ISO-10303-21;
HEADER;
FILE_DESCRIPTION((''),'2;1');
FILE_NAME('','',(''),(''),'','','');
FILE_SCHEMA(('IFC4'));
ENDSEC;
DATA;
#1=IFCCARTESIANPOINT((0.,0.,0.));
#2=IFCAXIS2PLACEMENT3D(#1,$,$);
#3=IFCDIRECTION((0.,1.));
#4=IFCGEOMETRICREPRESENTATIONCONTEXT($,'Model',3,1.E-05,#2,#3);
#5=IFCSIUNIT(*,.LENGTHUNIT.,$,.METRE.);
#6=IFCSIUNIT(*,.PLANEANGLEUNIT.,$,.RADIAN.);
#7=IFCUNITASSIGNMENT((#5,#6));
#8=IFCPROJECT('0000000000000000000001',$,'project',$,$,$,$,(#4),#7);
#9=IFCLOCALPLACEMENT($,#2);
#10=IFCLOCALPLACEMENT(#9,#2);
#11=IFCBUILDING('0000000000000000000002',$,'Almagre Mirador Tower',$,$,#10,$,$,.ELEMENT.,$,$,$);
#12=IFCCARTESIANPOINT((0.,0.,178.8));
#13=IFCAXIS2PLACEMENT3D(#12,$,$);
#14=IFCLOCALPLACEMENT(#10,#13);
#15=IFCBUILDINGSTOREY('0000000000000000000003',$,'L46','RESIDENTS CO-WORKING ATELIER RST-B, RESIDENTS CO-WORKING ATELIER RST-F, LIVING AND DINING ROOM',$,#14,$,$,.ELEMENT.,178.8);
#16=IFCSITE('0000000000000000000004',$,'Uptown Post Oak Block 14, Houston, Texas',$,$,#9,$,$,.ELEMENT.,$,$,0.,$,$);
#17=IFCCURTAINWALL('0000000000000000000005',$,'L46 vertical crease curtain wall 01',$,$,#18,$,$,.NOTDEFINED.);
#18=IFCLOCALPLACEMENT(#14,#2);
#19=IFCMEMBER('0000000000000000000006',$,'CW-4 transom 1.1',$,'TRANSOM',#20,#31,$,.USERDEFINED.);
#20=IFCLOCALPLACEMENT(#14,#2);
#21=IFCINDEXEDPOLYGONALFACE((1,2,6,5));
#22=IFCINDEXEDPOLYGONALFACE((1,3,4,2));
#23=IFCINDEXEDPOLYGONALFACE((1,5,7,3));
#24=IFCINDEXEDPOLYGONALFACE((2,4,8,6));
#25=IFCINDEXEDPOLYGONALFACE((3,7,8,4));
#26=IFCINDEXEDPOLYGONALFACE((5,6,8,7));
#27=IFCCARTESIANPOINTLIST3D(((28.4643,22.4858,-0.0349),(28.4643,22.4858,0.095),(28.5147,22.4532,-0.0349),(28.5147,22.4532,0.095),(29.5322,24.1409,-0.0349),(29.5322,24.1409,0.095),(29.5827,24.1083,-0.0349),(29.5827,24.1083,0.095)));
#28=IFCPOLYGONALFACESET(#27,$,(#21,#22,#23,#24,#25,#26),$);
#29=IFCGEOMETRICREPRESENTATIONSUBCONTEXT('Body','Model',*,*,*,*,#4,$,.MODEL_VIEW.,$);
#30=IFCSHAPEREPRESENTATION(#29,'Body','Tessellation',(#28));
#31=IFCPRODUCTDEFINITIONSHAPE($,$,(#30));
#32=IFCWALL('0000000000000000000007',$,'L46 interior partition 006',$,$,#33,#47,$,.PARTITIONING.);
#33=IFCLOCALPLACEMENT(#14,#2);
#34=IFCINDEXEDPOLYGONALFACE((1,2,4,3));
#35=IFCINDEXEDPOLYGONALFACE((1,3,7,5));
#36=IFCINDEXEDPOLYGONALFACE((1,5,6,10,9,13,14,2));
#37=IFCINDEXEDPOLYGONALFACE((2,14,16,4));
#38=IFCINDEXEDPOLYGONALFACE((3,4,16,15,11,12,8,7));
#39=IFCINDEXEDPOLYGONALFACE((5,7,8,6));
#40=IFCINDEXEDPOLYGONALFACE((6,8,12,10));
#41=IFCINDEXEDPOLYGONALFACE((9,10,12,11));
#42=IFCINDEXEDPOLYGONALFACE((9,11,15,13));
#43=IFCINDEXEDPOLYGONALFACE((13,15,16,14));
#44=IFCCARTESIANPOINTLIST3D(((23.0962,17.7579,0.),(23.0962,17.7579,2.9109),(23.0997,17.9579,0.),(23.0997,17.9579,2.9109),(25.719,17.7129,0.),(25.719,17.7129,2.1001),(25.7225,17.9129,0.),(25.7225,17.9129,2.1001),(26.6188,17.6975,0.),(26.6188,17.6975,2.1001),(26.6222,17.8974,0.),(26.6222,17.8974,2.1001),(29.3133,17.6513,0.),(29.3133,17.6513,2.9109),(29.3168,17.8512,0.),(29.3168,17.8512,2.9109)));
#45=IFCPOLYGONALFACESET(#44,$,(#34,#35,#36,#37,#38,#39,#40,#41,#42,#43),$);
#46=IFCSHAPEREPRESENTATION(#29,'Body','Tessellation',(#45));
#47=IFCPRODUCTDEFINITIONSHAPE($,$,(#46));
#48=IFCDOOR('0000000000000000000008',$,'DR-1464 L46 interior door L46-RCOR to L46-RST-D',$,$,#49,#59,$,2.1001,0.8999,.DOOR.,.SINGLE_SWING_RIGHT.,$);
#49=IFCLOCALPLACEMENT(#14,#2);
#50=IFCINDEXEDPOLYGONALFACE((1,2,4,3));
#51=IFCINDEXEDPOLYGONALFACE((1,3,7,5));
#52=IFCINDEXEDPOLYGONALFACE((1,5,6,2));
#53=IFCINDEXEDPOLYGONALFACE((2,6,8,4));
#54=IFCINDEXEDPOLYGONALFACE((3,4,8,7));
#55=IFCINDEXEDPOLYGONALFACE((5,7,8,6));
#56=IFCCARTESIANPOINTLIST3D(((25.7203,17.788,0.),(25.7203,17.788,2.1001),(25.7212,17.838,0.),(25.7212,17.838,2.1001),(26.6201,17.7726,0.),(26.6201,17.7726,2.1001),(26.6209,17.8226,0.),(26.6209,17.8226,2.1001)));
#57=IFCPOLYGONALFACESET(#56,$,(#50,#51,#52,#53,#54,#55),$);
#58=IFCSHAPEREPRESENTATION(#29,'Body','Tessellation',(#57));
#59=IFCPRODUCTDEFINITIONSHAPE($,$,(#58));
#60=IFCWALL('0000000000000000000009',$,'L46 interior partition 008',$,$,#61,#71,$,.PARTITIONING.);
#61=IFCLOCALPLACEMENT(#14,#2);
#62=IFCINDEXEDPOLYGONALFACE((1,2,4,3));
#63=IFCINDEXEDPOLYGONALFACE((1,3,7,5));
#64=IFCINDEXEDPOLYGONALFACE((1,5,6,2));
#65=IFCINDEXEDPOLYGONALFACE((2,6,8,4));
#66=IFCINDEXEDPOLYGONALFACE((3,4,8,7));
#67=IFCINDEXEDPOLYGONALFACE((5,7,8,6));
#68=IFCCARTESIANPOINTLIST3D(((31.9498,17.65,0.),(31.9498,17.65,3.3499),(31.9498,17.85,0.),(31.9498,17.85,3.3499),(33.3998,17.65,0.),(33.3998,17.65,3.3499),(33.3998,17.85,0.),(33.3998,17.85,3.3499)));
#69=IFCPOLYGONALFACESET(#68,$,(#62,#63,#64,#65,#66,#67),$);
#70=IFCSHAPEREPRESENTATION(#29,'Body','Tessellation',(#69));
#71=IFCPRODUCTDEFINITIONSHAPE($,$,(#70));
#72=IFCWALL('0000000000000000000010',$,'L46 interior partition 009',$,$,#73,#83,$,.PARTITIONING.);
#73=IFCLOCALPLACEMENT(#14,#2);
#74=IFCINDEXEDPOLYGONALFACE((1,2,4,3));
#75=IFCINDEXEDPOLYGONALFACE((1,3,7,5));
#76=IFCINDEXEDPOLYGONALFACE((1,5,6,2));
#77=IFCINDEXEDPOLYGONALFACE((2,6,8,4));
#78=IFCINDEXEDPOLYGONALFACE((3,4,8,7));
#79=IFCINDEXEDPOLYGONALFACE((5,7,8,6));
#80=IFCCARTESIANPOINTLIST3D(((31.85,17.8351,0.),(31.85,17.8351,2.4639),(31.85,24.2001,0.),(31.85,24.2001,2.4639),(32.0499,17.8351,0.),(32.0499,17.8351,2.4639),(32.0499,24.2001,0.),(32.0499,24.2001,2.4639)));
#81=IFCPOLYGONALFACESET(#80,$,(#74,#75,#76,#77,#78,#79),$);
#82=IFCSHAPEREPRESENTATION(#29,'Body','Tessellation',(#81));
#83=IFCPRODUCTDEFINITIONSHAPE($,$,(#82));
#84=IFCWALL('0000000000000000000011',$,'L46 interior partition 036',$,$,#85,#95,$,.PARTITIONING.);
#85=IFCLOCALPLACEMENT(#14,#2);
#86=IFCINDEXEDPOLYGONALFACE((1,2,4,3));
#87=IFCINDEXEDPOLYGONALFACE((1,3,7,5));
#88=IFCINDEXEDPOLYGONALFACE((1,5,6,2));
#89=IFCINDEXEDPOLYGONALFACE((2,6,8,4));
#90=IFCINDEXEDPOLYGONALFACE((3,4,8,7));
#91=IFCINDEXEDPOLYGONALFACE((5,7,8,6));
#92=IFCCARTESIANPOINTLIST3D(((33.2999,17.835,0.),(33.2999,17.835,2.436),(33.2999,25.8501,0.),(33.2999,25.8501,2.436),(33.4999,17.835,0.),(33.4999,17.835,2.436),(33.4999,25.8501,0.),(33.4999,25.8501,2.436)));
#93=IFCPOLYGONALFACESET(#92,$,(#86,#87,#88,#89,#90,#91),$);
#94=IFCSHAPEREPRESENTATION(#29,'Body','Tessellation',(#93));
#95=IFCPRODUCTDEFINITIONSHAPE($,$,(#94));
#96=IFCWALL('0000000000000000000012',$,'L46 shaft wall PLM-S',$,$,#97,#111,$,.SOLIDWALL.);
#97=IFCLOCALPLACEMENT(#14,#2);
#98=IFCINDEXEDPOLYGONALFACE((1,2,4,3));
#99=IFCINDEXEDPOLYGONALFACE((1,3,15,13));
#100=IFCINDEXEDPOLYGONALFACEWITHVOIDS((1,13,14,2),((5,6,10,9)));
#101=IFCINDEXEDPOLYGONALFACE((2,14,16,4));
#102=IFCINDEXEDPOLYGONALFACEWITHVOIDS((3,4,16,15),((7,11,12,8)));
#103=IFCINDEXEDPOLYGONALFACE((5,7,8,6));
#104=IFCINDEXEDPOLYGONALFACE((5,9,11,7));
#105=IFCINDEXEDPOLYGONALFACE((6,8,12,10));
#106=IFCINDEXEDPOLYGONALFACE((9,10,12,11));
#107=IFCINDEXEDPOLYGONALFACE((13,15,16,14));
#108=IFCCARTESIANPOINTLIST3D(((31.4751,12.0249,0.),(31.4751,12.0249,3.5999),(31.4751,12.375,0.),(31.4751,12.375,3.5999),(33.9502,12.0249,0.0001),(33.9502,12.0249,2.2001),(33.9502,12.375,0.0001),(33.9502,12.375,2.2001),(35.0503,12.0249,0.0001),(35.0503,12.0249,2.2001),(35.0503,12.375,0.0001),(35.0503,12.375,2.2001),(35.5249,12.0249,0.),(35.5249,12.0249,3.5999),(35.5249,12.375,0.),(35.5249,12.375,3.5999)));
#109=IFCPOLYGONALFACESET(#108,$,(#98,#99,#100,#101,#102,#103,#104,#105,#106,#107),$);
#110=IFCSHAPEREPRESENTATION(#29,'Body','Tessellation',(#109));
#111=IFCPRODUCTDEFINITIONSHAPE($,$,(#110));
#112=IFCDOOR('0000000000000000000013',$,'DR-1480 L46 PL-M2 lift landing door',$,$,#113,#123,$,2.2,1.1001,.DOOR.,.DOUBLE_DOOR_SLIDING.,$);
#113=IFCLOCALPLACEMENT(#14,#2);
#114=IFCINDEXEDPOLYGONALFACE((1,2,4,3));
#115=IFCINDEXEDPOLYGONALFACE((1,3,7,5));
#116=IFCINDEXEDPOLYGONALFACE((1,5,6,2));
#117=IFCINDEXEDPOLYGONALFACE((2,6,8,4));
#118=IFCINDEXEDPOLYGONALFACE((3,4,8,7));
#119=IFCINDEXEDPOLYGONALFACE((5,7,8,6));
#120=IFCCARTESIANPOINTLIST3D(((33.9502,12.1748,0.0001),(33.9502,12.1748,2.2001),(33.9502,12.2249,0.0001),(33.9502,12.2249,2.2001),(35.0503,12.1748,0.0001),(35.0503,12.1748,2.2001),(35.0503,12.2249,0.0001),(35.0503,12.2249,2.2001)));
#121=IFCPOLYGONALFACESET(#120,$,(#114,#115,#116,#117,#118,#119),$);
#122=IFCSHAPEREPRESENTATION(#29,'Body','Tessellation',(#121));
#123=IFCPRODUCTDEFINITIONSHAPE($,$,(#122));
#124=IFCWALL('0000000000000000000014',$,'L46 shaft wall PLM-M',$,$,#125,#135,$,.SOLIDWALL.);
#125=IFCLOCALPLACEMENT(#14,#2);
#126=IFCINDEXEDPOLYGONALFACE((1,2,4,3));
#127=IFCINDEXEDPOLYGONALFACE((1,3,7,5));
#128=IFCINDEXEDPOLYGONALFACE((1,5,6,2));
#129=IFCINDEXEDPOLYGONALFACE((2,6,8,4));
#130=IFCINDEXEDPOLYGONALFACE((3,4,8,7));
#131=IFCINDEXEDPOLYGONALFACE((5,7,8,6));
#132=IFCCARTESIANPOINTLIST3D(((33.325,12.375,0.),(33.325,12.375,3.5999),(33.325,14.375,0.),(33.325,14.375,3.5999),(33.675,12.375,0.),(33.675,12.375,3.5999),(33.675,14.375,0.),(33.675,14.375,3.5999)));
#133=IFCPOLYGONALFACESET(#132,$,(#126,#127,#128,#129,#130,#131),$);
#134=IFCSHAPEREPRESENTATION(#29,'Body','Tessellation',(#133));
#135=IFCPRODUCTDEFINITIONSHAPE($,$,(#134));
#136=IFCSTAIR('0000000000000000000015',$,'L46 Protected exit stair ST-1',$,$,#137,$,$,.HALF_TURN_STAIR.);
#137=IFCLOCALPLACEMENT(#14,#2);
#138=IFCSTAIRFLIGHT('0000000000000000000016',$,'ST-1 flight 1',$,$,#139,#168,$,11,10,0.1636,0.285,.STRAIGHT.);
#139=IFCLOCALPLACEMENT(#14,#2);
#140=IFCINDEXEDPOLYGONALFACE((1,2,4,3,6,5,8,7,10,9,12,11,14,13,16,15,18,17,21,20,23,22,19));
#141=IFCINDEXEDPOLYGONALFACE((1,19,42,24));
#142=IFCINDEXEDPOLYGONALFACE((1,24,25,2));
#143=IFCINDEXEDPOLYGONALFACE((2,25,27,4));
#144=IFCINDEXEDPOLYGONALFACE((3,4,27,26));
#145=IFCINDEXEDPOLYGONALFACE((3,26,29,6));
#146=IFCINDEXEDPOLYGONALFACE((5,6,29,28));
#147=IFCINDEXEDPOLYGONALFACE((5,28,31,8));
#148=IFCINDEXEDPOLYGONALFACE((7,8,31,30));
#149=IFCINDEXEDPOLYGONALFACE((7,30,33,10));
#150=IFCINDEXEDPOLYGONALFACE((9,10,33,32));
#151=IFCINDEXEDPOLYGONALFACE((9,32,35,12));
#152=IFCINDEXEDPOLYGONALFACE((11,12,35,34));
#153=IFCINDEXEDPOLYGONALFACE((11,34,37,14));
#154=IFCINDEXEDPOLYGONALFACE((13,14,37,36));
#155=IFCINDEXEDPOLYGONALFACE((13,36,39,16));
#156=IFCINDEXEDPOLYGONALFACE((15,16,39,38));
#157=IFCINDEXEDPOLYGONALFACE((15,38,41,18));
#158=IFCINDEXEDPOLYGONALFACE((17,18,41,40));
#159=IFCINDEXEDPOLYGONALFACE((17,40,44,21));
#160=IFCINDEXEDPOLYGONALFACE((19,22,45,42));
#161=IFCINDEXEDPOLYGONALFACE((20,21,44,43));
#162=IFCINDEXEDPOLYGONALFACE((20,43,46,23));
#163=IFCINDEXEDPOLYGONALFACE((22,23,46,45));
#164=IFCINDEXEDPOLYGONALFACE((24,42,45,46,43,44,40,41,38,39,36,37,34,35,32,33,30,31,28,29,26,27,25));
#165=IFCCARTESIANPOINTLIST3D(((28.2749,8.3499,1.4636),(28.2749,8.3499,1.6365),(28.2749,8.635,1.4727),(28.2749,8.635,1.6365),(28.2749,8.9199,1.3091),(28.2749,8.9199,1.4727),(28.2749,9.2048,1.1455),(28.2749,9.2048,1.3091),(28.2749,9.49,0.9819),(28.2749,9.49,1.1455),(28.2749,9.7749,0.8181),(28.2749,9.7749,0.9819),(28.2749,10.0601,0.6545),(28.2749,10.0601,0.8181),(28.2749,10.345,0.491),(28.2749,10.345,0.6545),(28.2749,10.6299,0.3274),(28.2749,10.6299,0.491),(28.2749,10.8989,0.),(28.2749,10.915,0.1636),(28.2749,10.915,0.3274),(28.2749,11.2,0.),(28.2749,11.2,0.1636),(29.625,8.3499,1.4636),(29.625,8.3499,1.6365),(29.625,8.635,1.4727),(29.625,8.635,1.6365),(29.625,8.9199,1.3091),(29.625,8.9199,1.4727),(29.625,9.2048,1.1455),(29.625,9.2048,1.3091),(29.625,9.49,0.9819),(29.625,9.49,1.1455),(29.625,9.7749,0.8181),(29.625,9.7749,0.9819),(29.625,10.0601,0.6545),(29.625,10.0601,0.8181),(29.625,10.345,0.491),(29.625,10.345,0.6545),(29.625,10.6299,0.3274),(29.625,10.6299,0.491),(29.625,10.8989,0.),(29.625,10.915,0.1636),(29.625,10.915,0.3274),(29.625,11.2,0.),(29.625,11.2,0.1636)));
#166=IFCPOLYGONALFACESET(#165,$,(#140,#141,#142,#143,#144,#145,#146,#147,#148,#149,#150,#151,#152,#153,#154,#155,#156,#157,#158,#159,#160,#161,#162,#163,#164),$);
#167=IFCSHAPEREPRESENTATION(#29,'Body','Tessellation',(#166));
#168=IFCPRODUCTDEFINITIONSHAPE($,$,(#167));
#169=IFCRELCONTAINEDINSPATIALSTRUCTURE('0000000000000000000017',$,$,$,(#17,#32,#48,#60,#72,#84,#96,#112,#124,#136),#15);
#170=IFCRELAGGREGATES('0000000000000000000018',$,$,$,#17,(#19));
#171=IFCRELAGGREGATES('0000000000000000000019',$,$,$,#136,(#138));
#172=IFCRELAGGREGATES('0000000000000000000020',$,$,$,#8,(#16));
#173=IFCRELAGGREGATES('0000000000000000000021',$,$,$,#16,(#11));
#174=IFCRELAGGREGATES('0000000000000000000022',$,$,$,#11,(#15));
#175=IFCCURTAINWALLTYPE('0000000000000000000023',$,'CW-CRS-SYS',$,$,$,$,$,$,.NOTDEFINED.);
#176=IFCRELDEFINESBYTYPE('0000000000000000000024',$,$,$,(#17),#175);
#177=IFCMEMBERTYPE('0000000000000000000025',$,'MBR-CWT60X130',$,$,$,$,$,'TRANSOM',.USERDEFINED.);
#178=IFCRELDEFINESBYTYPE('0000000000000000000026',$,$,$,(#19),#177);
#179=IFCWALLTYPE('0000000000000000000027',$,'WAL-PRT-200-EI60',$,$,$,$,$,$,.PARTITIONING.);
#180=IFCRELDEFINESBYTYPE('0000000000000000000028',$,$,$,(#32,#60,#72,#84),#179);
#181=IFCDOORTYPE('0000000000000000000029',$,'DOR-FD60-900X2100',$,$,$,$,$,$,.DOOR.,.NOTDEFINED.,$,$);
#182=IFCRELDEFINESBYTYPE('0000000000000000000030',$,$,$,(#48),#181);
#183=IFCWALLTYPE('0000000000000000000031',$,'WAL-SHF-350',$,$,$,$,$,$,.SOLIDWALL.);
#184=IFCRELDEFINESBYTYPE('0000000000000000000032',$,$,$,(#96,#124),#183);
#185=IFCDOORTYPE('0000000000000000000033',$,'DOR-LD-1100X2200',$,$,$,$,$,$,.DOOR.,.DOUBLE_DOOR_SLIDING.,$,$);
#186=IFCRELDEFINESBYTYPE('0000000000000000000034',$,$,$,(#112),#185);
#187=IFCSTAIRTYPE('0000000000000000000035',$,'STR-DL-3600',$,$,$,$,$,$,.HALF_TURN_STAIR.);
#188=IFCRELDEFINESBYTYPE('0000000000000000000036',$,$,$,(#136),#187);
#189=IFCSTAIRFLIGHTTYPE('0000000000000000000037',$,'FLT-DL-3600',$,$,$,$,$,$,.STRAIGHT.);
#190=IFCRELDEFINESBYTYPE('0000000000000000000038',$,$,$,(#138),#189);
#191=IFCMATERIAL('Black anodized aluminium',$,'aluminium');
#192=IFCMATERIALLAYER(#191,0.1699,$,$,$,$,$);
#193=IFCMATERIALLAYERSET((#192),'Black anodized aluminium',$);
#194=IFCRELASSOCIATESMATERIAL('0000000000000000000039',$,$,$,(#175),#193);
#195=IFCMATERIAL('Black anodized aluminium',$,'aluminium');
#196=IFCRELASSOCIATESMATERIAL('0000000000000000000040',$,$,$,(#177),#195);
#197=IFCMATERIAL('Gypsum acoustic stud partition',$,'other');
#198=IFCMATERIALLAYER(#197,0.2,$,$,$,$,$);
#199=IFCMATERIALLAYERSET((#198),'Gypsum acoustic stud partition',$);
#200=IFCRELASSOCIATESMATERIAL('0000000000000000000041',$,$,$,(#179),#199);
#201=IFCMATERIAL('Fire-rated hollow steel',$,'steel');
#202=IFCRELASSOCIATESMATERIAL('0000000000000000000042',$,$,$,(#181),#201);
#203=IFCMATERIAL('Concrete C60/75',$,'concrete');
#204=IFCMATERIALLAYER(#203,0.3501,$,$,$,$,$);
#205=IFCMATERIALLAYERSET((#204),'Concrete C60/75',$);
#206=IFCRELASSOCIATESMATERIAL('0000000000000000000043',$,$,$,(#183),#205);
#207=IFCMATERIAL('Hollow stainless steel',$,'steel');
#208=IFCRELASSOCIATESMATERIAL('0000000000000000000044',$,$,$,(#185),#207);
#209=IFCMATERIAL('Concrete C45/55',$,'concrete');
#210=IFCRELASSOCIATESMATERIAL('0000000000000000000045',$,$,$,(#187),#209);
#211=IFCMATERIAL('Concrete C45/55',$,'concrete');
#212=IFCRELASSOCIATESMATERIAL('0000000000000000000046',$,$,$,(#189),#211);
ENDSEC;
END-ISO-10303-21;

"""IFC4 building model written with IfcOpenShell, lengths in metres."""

from ifc_helpers import new_model, si_unit, direction, frame, frame_2d, origin, origin_2d, place, context, subcontext, project, spatial, polyline, rectangle, outline, extrude, material, layer, layer_set, material_profile, profile_set, type_object, element, fill, aggregate, save


model = new_model("IFC4")

# Units and contexts
model_context = context("Model", 3, precision=1e-05, world=origin(), true_north=direction((0.0, 1.0)))
body_context = subcontext(model_context, "Body", "Model", "MODEL_VIEW")
ifc_project = project(units=[si_unit("LENGTHUNIT", "METRE"), si_unit("PLANEANGLEUNIT", "RADIAN")], contexts=[model_context])

# Site, building, storey
site_placement = place(None, origin())
site = spatial("IfcSite", under=ifc_project, at=site_placement, Name="Uptown Post Oak Block 14, Houston, Texas", CompositionType="ELEMENT", RefElevation=0.0)
building_placement = place(site_placement, origin())
building = spatial("IfcBuilding", under=site, at=building_placement, Name="Almagre Mirador Tower", CompositionType="ELEMENT")
storey_placement = place(building_placement, frame((0.0, 0.0, 178.8)))
storey = spatial("IfcBuildingStorey", under=building, at=storey_placement, Name="L46", Description="RESIDENTS CO-WORKING ATELIER RST-B, RESIDENTS CO-WORKING ATELIER RST-F, LIVING AND DINING ROOM", CompositionType="ELEMENT", Elevation=178.8)

# Curtain wall, member
ifc_material_1 = material(Name="Black anodized aluminium", Category="aluminium")
ifc_layer_1 = layer(ifc_material_1, 0.1699)
ifc_layer_set_1 = layer_set([ifc_layer_1], Name="Black anodized aluminium")
curtain_wall_type = type_object("IfcCurtainWallType", Name="CW-CRS-SYS", PredefinedType="NOTDEFINED", material=ifc_layer_set_1)
curtain_wall_placement = place(storey_placement, origin())
curtain_wall = element("IfcCurtainWall", 1, at=curtain_wall_placement, inside=storey, type_object=curtain_wall_type, Name="L46 vertical crease curtain wall 01", PredefinedType="NOTDEFINED")
ifc_material_2 = material(Name="Black anodized aluminium", Category="aluminium")
ifc_material_profile_1 = material_profile(ifc_material_2, rectangle(XDim=0.0601, YDim=0.1299, at=origin_2d()), Name="CWT60X130")
ifc_profile_set_1 = profile_set([ifc_material_profile_1], Name="Black anodized aluminium")
member_type = type_object("IfcMemberType", Name="MBR-CWT60X130", ElementType="TRANSOM", PredefinedType="USERDEFINED", material=ifc_profile_set_1)
member_placement = place(storey_placement, frame((28.4895, 22.4695, 0.03), z_axis=(0.542166, 0.840271, 0.0), x_axis=(-0.840271, 0.542166, 0.0)))
member = element("IfcMember", 2, at=member_placement, type_object=member_type, Name="CW-4 transom 1.1", ObjectType="TRANSOM", PredefinedType="USERDEFINED", context=body_context, shape_type="SweptSolid", body=[
    extrude(rectangle(XDim=0.0601, YDim=0.1299, at=origin_2d()), origin(), (0.0, 0.0, 1.0), 1.9697),
])
aggregate(curtain_wall, [member])

# Wall, opening, door
ifc_material_3 = material(Name="Gypsum acoustic stud partition", Category="other")
ifc_layer_2 = layer(ifc_material_3, 0.2)
ifc_layer_set_2 = layer_set([ifc_layer_2], Name="Gypsum acoustic stud partition")
wall_type_1 = type_object("IfcWallType", Name="WAL-PRT-200-EI60", PredefinedType="PARTITIONING", material=ifc_layer_set_2)
wall_1_placement = place(storey_placement, frame((29.3149, 17.7512, 0.0), z_axis=(0.0, 0.0, 1.0), x_axis=(-0.999853, 0.017158, 0.0)))
wall_1 = element("IfcWall", 3, at=wall_1_placement, inside=storey, type_object=wall_type_1, Name="L46 interior partition 006", PredefinedType="PARTITIONING", context=body_context, shape_type="SweptSolid", body=[
    extrude(rectangle(XDim=6.218, YDim=0.2, at=frame_2d((3.1089, 0.0))), origin(), (0.0, 0.0, 1.0), 2.9109),
])
opening_1_placement = place(wall_1_placement, frame((2.6948, 0.0, 0.0)))
opening_1 = element("IfcOpeningElement", 4, at=opening_1_placement, cuts=wall_1, PredefinedType="OPENING", context=body_context, shape_type="SweptSolid", body=[
    extrude(rectangle(XDim=0.8999, YDim=2.1001, at=frame_2d((0.45, 1.05))), frame((0.0, 0.1101, 0.0), z_axis=(0.0, -1.0, 0.0), x_axis=(1.0, 0.0, 0.0)), (0.0, 0.0, 1.0), 0.22),
])
ifc_material_4 = material(Name="Fire-rated hollow steel", Category="steel")
door_type_1 = type_object("IfcDoorType", Name="DOR-FD60-900X2100", OperationType="NOTDEFINED", PredefinedType="DOOR", material=ifc_material_4)
door_1_placement = place(opening_1_placement, origin())
door_1 = element("IfcDoor", 5, at=door_1_placement, inside=storey, type_object=door_type_1, Name="DR-1464 L46 interior door L46-RCOR to L46-RST-D", OperationType="SINGLE_SWING_RIGHT", OverallHeight=2.1001, OverallWidth=0.8999, PredefinedType="DOOR", context=body_context, shape_type="SweptSolid", body=[
    extrude(rectangle(XDim=0.8999, YDim=2.1001, at=frame_2d((0.45, 1.05))), frame((0.0, 0.0249, 0.0), z_axis=(0.0, -1.0, 0.0), x_axis=(1.0, 0.0, 0.0)), (0.0, 0.0, 1.0), 0.05),
])
fill(opening_1, door_1)

# Walls
wall_2_placement = place(storey_placement, frame((33.3999, 17.75, 0.0), z_axis=(0.0, 0.0, 1.0), x_axis=(-1.0, 0.0, 0.0)))
element("IfcWall", 6, at=wall_2_placement, inside=storey, type_object=wall_type_1, Name="L46 interior partition 008", PredefinedType="PARTITIONING", context=body_context, shape_type="SweptSolid", body=[
    extrude(rectangle(XDim=1.45, YDim=0.2, at=frame_2d((0.7251, 0.0))), origin(), (0.0, 0.0, 1.0), 3.3499),
])
wall_3_placement = place(storey_placement, frame((31.95, 17.835, 0.0), z_axis=(0.0, 0.0, 1.0), x_axis=(0.0, 1.0, 0.0)))
element("IfcWall", 7, at=wall_3_placement, inside=storey, type_object=wall_type_1, Name="L46 interior partition 009", PredefinedType="PARTITIONING", context=body_context, shape_type="SweptSolid", body=[
    extrude(rectangle(XDim=6.365, YDim=0.2, at=frame_2d((3.1826, 0.0))), origin(), (0.0, 0.0, 1.0), 2.4639),
])
wall_4_placement = place(storey_placement, frame((33.3999, 17.835, 0.0), z_axis=(0.0, 0.0, 1.0), x_axis=(0.0, 1.0, 0.0)))
element("IfcWall", 8, at=wall_4_placement, inside=storey, type_object=wall_type_1, Name="L46 interior partition 036", PredefinedType="PARTITIONING", context=body_context, shape_type="SweptSolid", body=[
    extrude(rectangle(XDim=8.0151, YDim=0.2, at=frame_2d((4.0076, 0.0))), origin(), (0.0, 0.0, 1.0), 2.436),
])

# Wall, opening, door
ifc_material_5 = material(Name="Concrete C60/75", Category="concrete")
ifc_layer_3 = layer(ifc_material_5, 0.3501)
ifc_layer_set_3 = layer_set([ifc_layer_3], Name="Concrete C60/75")
wall_type_2 = type_object("IfcWallType", Name="WAL-SHF-350", PredefinedType="SOLIDWALL", material=ifc_layer_set_3)
wall_5_placement = place(storey_placement, frame((31.4751, 12.2, 0.0), z_axis=(0.0, 0.0, 1.0), x_axis=(1.0, 0.0, 0.0)))
wall_5 = element("IfcWall", 9, at=wall_5_placement, inside=storey, type_object=wall_type_2, Name="L46 shaft wall PLM-S", PredefinedType="SOLIDWALL", context=body_context, shape_type="SweptSolid", body=[
    extrude(rectangle(XDim=4.0498, YDim=0.3501, at=frame_2d((2.0249, 0.0))), origin(), (0.0, 0.0, 1.0), 3.5999),
])
opening_2_placement = place(wall_5_placement, frame((2.4751, 0.0, 0.0)))
opening_2 = element("IfcOpeningElement", 10, at=opening_2_placement, cuts=wall_5, PredefinedType="OPENING", context=body_context, shape_type="SweptSolid", body=[
    extrude(rectangle(XDim=1.1001, YDim=2.2, at=frame_2d((0.55, 1.1001))), frame((0.0, 0.185, 0.0), z_axis=(0.0, -1.0, 0.0), x_axis=(1.0, 0.0, 0.0)), (0.0, 0.0, 1.0), 0.3701),
])
ifc_material_6 = material(Name="Hollow stainless steel", Category="steel")
door_type_2 = type_object("IfcDoorType", Name="DOR-LD-1100X2200", OperationType="DOUBLE_DOOR_SLIDING", PredefinedType="DOOR", material=ifc_material_6)
door_2_placement = place(opening_2_placement, origin())
door_2 = element("IfcDoor", 11, at=door_2_placement, inside=storey, type_object=door_type_2, Name="DR-1480 L46 PL-M2 lift landing door", OperationType="DOUBLE_DOOR_SLIDING", OverallHeight=2.2, OverallWidth=1.1001, PredefinedType="DOOR", context=body_context, shape_type="SweptSolid", body=[
    extrude(rectangle(XDim=1.1001, YDim=2.2, at=frame_2d((0.55, 1.1001))), frame((0.0, 0.0249, 0.0), z_axis=(0.0, -1.0, 0.0), x_axis=(1.0, 0.0, 0.0)), (0.0, 0.0, 1.0), 0.05),
])
fill(opening_2, door_2)

# Wall
wall_6_placement = place(storey_placement, frame((33.5, 12.375, 0.0), z_axis=(0.0, 0.0, 1.0), x_axis=(0.0, 1.0, 0.0)))
element("IfcWall", 12, at=wall_6_placement, inside=storey, type_object=wall_type_2, Name="L46 shaft wall PLM-M", PredefinedType="SOLIDWALL", context=body_context, shape_type="SweptSolid", body=[
    extrude(rectangle(XDim=2.0, YDim=0.3501, at=frame_2d((1.0, 0.0))), origin(), (0.0, 0.0, 1.0), 3.5999),
])

# Stair, stair flight
ifc_material_7 = material(Name="Concrete C45/55", Category="concrete")
stair_type = type_object("IfcStairType", Name="STR-DL-3600", PredefinedType="HALF_TURN_STAIR", material=ifc_material_7)
stair_placement = place(storey_placement, origin())
stair = element("IfcStair", 13, at=stair_placement, inside=storey, type_object=stair_type, Name="L46 Protected exit stair ST-1", PredefinedType="HALF_TURN_STAIR")
ifc_material_8 = material(Name="Concrete C45/55", Category="concrete")
stair_flight_type = type_object("IfcStairFlightType", Name="FLT-DL-3600", PredefinedType="STRAIGHT", material=ifc_material_8)
stair_flight_placement = place(storey_placement, frame((28.95, 11.2, 0.0), z_axis=(0.0, 0.0, 1.0), x_axis=(0.0, -1.0, 0.0)))
stair_flight = element("IfcStairFlight", 14, at=stair_flight_placement, type_object=stair_flight_type, Name="ST-1 flight 1", NumberOfRisers=11, NumberOfTreads=10, PredefinedType="STRAIGHT", RiserHeight=0.1636, TreadLength=0.285, context=body_context, shape_type="SweptSolid", body=[
    extrude(outline(polyline([(0.0, 0.0), (0.0, 0.1636), (0.2849, 0.1636), (0.2849, 0.3274), (0.5701, 0.3274), (0.5701, 0.491), (0.855, 0.491), (0.855, 0.6545), (1.1399, 0.6545), (1.1399, 0.8181), (1.425, 0.8181), (1.425, 0.9819), (1.71, 0.9819), (1.71, 1.1455), (1.9951, 1.1455), (1.9951, 1.3091), (2.28, 1.3091), (2.28, 1.4727), (2.5649, 1.4727), (2.5649, 1.6365), (2.8501, 1.6365), (2.8501, 1.8), (2.8501, 1.4636), (0.301, 0.0), (0.0, 0.0)])), frame((0.0, 0.675, 0.0), z_axis=(0.0, -1.0, 0.0), x_axis=(1.0, 0.0, 0.0)), (0.0, 0.0, 1.0), 1.3501),
])
aggregate(stair, [stair_flight])

save(model, "model.ifc")
